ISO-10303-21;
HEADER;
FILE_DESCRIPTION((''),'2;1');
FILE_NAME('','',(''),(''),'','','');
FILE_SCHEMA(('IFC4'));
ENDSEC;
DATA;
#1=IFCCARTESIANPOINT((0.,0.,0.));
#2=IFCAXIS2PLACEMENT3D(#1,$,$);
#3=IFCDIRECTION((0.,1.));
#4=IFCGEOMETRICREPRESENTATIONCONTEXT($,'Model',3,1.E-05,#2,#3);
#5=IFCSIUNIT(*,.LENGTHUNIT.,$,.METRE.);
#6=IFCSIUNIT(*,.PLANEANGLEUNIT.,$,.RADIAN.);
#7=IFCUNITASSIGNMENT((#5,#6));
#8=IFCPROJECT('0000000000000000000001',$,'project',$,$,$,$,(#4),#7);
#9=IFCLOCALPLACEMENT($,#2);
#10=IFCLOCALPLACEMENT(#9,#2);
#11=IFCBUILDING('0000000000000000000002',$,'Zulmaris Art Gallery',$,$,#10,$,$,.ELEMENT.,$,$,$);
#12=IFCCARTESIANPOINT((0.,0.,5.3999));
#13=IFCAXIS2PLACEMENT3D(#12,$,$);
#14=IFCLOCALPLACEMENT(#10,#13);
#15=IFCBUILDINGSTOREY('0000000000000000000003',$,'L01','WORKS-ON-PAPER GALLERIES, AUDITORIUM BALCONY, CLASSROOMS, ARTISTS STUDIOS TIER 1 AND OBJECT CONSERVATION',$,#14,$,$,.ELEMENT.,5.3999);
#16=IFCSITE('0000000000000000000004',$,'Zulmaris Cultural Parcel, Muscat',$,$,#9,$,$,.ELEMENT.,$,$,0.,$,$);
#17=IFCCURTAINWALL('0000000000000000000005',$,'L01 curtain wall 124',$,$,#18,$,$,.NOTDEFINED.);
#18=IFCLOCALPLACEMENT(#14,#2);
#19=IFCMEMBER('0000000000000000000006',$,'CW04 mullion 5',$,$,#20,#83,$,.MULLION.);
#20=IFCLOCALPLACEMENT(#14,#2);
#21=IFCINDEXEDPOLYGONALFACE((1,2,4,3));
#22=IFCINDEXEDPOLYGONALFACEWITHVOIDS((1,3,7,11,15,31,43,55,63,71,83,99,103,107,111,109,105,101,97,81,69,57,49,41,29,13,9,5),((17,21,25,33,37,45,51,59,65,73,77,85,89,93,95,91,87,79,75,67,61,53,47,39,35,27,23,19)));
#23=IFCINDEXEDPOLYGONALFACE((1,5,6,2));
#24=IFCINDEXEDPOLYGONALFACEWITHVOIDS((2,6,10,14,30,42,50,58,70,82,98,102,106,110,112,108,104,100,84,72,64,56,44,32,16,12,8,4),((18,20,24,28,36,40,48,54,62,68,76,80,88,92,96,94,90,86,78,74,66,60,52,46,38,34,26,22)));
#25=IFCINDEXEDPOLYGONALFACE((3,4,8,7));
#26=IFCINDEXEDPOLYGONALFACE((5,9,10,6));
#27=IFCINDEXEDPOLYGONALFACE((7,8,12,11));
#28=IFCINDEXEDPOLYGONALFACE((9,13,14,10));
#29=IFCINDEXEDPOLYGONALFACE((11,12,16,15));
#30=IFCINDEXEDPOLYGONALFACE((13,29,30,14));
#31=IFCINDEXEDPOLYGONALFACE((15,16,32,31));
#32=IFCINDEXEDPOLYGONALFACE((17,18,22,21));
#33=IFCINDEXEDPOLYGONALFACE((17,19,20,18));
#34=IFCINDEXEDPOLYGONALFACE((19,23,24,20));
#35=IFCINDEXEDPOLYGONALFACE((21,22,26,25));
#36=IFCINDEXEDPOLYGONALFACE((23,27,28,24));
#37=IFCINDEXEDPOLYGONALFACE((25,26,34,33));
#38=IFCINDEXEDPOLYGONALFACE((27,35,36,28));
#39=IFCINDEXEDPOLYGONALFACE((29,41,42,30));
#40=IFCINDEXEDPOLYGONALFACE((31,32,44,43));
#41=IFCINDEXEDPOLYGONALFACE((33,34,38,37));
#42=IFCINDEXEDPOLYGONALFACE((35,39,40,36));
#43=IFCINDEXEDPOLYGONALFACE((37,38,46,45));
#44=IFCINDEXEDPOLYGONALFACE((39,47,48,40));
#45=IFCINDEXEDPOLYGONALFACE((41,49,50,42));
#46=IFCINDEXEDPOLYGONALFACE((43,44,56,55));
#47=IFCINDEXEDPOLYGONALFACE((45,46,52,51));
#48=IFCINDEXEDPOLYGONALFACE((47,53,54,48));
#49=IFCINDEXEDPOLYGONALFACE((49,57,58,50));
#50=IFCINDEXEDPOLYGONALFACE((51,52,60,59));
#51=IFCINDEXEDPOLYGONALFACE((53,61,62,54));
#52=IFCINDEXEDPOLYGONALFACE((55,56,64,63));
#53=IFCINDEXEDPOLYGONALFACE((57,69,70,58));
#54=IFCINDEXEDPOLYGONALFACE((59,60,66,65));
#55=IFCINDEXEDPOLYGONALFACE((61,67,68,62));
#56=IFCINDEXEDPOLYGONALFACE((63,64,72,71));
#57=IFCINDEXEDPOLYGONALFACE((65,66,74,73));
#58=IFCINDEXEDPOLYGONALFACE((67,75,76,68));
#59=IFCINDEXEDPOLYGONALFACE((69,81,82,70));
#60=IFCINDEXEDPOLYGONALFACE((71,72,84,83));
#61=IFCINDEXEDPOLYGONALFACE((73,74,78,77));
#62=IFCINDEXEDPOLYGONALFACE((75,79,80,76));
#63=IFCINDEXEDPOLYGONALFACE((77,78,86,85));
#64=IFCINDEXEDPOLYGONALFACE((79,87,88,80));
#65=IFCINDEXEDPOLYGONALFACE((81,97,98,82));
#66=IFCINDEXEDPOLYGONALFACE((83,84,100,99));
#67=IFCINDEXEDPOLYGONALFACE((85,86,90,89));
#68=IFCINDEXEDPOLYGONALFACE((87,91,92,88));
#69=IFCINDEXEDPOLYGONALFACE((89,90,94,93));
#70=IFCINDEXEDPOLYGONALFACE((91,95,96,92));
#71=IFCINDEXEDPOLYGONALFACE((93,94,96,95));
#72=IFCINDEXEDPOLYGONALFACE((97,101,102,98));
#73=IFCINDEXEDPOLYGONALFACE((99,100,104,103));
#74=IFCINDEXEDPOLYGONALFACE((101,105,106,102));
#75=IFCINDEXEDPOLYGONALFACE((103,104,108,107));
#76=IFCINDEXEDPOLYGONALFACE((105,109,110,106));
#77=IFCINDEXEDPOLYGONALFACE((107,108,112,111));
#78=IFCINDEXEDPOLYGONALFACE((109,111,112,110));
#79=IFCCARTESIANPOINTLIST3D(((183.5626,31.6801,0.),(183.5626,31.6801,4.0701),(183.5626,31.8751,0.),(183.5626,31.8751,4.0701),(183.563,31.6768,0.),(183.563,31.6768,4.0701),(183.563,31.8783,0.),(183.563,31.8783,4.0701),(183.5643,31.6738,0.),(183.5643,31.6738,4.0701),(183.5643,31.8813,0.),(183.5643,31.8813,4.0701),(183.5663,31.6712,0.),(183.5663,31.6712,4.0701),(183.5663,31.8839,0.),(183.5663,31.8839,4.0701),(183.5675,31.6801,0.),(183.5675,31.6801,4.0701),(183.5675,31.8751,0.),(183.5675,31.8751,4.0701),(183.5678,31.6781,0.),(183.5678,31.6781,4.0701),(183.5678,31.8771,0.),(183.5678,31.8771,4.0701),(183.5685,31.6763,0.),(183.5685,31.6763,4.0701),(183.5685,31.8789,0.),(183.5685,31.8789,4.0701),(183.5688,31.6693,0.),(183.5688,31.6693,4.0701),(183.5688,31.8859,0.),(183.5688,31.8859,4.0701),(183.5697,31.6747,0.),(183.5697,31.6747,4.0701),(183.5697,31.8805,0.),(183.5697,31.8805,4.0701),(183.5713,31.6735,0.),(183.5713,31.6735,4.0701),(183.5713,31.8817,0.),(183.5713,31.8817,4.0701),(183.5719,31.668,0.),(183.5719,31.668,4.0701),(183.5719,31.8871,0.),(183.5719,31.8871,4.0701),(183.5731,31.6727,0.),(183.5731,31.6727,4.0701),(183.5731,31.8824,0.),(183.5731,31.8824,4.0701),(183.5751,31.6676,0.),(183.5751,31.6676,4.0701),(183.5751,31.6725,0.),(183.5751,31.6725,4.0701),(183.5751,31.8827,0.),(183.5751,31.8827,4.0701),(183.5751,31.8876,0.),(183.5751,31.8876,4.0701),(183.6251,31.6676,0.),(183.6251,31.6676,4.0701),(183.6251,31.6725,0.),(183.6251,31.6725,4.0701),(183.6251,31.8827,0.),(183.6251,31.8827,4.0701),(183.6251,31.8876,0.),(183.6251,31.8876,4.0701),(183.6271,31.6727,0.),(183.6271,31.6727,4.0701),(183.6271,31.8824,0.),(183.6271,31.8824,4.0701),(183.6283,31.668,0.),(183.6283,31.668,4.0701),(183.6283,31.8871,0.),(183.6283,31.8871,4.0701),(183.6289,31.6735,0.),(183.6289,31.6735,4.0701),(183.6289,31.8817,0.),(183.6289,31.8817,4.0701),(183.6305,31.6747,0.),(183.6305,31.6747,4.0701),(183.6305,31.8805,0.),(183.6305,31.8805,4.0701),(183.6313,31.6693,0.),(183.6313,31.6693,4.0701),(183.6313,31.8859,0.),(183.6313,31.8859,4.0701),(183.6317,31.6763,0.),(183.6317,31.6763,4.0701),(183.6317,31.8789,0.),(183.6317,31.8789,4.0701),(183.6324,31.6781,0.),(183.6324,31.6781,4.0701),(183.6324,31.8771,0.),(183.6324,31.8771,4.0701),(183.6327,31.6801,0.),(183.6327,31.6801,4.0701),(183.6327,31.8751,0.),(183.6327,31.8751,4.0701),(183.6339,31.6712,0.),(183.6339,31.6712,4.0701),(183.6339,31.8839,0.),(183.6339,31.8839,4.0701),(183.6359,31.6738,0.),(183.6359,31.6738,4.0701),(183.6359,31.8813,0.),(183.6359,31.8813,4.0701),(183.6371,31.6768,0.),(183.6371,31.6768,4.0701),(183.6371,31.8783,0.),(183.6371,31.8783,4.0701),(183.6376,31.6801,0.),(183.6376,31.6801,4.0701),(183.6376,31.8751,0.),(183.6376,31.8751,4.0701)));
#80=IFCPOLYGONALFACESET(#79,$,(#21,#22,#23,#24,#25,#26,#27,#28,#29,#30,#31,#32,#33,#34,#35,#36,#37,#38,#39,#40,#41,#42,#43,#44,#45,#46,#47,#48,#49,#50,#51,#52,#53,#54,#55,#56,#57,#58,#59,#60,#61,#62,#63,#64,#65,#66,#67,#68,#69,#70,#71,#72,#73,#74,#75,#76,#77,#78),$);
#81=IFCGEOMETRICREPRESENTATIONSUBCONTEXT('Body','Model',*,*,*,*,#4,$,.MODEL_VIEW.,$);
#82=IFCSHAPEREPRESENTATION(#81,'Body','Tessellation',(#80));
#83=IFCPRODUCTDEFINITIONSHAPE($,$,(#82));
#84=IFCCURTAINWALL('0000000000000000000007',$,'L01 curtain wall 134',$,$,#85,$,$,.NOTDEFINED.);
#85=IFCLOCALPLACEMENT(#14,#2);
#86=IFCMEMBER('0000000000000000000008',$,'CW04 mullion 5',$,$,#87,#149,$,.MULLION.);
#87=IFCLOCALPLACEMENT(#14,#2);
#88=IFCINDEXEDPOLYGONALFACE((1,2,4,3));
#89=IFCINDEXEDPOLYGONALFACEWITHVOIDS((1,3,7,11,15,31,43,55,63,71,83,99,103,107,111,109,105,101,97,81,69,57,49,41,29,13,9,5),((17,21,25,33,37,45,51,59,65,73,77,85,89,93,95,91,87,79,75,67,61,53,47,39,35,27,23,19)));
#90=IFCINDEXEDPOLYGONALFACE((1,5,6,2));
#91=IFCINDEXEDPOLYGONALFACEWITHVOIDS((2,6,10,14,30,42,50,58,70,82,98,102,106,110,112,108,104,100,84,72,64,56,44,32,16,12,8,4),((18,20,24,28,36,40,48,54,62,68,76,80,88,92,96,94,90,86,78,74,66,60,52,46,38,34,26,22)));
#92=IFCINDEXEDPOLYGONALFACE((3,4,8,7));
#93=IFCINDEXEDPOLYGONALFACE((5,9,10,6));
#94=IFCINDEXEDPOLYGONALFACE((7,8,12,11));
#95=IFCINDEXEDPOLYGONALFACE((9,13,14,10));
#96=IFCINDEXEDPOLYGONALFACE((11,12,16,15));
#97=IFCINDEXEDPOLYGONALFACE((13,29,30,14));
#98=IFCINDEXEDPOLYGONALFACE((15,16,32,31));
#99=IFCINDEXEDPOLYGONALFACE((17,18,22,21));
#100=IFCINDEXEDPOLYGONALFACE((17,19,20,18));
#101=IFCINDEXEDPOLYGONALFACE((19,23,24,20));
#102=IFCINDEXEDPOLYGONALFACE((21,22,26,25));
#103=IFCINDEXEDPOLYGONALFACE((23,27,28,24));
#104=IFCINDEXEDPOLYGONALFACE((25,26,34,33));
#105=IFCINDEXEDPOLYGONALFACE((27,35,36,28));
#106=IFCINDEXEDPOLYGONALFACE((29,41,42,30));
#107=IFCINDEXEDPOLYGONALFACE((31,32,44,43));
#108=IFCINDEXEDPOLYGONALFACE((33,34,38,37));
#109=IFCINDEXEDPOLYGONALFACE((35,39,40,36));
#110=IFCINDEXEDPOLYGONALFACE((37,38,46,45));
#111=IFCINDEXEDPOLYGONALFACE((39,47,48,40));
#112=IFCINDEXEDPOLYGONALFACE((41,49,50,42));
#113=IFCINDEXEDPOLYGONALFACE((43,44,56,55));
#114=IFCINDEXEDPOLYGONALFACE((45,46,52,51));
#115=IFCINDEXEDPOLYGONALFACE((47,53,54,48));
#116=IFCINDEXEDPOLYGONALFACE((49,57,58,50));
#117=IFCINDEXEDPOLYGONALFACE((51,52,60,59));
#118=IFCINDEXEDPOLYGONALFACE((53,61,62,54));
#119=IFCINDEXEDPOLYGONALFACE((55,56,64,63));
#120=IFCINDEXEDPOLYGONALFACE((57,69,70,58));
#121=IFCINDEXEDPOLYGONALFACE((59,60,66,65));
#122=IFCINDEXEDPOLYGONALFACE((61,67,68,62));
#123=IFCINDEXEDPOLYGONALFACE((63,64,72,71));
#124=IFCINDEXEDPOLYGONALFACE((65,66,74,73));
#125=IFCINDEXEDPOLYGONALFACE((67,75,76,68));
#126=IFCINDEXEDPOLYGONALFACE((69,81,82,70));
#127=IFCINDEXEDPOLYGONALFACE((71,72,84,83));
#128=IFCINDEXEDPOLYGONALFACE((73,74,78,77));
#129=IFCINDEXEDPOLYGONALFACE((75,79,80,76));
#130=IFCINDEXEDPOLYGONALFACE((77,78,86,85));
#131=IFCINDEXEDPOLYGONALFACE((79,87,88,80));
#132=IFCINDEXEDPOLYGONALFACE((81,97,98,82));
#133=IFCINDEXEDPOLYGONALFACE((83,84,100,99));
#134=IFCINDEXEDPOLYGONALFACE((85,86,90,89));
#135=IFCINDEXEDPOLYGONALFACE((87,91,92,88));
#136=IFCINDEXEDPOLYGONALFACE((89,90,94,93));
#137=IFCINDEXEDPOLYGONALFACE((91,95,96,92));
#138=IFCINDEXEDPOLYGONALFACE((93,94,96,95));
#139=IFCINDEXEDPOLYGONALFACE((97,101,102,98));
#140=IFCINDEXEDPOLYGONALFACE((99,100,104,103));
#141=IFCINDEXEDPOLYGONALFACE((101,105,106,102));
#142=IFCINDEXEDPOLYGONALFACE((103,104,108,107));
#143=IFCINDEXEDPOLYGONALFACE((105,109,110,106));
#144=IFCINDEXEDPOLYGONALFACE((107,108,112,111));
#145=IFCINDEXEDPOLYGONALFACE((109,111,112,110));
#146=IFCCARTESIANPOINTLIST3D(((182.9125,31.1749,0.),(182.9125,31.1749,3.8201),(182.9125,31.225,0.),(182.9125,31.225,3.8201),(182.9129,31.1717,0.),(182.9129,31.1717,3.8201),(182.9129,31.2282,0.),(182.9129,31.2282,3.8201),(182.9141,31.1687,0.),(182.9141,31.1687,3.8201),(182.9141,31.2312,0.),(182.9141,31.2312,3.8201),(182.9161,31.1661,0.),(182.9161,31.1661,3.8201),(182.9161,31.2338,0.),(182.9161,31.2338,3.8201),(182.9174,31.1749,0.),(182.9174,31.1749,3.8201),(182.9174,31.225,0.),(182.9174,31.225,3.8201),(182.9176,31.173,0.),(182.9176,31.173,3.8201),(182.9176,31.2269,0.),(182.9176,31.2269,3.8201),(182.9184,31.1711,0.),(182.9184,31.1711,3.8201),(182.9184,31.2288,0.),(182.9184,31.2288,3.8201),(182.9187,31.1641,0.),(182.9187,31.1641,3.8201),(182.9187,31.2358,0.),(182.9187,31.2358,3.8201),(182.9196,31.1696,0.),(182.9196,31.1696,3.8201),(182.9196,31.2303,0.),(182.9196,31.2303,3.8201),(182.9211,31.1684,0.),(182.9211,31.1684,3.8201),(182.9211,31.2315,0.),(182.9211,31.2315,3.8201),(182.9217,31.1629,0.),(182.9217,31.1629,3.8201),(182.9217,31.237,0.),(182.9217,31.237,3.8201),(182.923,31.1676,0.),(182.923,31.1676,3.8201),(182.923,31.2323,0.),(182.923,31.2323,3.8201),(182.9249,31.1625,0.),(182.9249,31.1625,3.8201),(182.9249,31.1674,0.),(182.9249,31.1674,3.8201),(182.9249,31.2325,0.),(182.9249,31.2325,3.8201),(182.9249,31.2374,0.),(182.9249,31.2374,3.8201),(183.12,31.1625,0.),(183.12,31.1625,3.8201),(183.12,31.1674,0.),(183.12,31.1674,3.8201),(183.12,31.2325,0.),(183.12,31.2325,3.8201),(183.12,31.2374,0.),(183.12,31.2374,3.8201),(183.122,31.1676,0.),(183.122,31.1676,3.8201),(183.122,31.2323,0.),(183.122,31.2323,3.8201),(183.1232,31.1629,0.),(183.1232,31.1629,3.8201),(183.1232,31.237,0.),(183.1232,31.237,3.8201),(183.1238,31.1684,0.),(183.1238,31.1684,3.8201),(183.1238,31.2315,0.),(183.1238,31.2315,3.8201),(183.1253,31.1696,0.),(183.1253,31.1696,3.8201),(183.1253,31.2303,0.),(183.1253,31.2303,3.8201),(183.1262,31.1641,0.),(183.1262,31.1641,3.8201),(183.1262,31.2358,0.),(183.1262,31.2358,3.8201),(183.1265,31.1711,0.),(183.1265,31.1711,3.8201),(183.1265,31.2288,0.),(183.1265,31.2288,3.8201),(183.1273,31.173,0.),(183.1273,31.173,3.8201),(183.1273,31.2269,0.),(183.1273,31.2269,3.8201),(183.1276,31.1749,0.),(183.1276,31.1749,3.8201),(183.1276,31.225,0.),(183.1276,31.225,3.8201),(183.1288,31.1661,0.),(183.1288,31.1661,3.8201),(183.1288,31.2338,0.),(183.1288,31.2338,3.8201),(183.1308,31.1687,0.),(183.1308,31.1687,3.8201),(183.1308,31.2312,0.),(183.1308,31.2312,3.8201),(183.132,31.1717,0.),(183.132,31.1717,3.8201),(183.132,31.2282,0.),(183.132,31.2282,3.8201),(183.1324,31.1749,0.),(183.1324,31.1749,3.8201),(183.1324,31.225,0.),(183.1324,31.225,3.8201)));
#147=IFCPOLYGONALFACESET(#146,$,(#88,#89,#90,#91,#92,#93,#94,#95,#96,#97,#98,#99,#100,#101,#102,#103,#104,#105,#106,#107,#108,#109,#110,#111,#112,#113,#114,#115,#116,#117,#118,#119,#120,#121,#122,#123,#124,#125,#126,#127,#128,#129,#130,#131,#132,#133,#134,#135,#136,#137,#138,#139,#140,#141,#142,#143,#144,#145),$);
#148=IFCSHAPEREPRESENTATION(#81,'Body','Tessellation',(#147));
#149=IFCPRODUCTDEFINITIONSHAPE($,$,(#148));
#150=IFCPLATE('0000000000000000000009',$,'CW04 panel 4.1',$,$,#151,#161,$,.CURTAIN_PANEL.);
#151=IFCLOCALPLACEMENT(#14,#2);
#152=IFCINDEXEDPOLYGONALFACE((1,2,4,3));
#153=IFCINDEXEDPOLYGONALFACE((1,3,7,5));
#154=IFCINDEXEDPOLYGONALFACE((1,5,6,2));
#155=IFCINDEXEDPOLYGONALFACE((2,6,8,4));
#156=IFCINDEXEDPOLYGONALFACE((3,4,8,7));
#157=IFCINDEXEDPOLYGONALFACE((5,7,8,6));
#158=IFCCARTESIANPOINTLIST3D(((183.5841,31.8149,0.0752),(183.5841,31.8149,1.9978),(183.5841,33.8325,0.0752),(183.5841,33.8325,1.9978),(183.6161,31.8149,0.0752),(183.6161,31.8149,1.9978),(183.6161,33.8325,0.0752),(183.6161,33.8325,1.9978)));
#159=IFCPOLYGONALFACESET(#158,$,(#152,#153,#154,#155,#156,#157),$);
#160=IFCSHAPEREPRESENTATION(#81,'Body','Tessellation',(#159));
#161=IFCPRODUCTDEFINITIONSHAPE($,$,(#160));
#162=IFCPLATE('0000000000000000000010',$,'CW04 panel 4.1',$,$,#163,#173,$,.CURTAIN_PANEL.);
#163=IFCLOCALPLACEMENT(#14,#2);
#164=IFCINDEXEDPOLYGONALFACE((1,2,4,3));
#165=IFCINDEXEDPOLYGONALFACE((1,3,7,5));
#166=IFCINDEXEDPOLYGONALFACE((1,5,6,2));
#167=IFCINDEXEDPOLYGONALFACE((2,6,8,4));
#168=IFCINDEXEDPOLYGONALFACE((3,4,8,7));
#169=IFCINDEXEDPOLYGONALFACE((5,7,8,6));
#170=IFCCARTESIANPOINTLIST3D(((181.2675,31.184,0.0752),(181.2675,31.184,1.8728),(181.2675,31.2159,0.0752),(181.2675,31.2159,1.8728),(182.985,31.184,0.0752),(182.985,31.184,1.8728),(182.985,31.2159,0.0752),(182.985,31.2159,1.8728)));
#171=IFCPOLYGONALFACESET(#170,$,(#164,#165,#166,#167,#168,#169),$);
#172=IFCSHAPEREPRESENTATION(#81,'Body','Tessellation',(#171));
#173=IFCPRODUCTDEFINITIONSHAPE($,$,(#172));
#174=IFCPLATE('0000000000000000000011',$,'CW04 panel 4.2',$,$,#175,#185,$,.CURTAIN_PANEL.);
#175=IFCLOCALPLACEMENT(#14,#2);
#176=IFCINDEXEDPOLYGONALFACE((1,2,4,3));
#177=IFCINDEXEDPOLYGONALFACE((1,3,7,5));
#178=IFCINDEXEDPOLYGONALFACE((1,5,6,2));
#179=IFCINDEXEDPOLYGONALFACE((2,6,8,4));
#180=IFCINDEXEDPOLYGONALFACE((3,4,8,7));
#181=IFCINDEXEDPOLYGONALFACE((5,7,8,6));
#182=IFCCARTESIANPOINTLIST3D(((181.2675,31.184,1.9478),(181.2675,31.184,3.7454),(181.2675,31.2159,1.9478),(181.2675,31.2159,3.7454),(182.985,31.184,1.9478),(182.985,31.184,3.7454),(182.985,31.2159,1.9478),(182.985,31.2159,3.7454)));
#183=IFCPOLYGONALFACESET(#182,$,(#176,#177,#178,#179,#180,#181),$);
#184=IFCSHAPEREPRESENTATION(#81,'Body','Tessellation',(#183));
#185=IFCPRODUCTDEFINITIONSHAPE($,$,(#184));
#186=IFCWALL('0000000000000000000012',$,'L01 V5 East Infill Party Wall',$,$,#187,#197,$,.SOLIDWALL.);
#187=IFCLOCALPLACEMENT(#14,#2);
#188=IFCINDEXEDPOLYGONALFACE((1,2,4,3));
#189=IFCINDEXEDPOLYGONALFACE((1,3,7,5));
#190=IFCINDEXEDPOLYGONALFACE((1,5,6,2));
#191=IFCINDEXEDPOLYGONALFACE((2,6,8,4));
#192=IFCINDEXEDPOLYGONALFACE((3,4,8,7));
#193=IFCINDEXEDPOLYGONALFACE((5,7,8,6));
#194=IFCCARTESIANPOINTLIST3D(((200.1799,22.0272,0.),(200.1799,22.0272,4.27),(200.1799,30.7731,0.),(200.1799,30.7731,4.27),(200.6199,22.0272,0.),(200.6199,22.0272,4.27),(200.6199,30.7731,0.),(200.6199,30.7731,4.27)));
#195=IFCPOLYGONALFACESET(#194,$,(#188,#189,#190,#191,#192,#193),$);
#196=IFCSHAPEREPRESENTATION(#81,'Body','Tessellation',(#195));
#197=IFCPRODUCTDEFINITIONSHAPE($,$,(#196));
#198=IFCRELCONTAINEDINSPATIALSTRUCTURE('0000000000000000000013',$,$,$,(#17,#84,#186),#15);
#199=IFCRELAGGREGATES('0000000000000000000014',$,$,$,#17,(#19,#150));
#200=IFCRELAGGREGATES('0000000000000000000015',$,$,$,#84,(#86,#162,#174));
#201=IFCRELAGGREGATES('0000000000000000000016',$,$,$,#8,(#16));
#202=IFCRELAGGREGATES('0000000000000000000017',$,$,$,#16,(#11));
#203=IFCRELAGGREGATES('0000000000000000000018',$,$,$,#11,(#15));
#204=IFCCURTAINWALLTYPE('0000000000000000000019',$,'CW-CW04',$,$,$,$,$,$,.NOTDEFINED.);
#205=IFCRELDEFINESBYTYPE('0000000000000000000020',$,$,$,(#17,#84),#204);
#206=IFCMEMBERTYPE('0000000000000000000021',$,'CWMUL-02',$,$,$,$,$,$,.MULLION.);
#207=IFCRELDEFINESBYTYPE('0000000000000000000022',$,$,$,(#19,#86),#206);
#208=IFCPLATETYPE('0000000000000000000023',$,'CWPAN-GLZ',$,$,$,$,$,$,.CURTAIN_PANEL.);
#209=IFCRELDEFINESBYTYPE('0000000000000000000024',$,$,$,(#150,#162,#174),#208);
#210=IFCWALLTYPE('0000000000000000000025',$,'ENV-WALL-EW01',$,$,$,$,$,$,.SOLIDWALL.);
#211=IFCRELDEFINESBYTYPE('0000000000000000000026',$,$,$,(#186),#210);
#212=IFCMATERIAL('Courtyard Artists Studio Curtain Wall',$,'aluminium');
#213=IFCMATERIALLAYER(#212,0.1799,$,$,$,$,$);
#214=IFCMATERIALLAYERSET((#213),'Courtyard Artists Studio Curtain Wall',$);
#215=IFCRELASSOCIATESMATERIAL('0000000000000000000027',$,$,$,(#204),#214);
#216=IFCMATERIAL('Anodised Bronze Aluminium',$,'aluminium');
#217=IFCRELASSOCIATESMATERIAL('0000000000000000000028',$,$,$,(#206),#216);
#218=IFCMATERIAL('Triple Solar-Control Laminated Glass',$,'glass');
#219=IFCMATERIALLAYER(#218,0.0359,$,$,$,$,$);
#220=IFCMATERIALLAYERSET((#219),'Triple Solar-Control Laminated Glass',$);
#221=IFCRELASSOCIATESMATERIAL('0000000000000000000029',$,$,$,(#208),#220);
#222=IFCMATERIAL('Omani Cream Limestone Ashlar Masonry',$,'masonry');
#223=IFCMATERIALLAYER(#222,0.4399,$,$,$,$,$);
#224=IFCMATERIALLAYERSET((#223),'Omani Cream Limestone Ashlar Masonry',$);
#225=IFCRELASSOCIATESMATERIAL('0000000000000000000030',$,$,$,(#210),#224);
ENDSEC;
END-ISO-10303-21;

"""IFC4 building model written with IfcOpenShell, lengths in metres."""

from ifc_helpers import new_model, si_unit, direction, frame, frame_2d, origin, origin_2d, place, context, subcontext, project, spatial, rectangle, hollow_rectangle, extrude, material, layer, layer_set, material_profile, profile_set, type_object, element, aggregate, save


model = new_model("IFC4")

# Units and contexts
model_context = context("Model", 3, precision=1e-05, world=origin(), true_north=direction((0.0, 1.0)))
body_context = subcontext(model_context, "Body", "Model", "MODEL_VIEW")
ifc_project = project(units=[si_unit("LENGTHUNIT", "METRE"), si_unit("PLANEANGLEUNIT", "RADIAN")], contexts=[model_context])

# Site, building, storey
site_placement = place(None, origin())
site = spatial("IfcSite", under=ifc_project, at=site_placement, Name="Zulmaris Cultural Parcel, Muscat", CompositionType="ELEMENT", RefElevation=0.0)
building_placement = place(site_placement, origin())
building = spatial("IfcBuilding", under=site, at=building_placement, Name="Zulmaris Art Gallery", CompositionType="ELEMENT")
storey_placement = place(building_placement, frame((0.0, 0.0, 5.3999)))
storey = spatial("IfcBuildingStorey", under=building, at=storey_placement, Name="L01", Description="WORKS-ON-PAPER GALLERIES, AUDITORIUM BALCONY, CLASSROOMS, ARTISTS STUDIOS TIER 1 AND OBJECT CONSERVATION", CompositionType="ELEMENT", Elevation=5.3999)

# Curtain walls, members
ifc_material_1 = material(Name="Courtyard Artists Studio Curtain Wall", Category="aluminium")
ifc_layer_1 = layer(ifc_material_1, 0.1799)
ifc_layer_set_1 = layer_set([ifc_layer_1], Name="Courtyard Artists Studio Curtain Wall")
curtain_wall_type = type_object("IfcCurtainWallType", Name="CW-CW04", PredefinedType="NOTDEFINED", material=ifc_layer_set_1)
curtain_wall_1_placement = place(storey_placement, origin())
curtain_wall_1 = element("IfcCurtainWall", 1, at=curtain_wall_1_placement, inside=storey, type_object=curtain_wall_type, Name="L01 curtain wall 124", PredefinedType="NOTDEFINED")
ifc_material_2 = material(Name="Anodised Bronze Aluminium", Category="aluminium")
ifc_material_profile_1 = material_profile(ifc_material_2, hollow_rectangle(XDim=0.075, YDim=0.22, WallThickness=0.0049, InnerFilletRadius=0.0076, OuterFilletRadius=0.0125, at=origin_2d()), Name="ALU 75x220x5")
ifc_profile_set_1 = profile_set([ifc_material_profile_1], Name="Anodised Bronze Aluminium")
member_type = type_object("IfcMemberType", Name="CWMUL-02", PredefinedType="MULLION", material=ifc_profile_set_1)
member_1_placement = place(storey_placement, frame((183.6001, 31.7776, 0.0), z_axis=(0.0, 0.0, 1.0), x_axis=(1.0, 0.0, 0.0)))
member_1 = element("IfcMember", 2, at=member_1_placement, type_object=member_type, Name="CW04 mullion 5", PredefinedType="MULLION", context=body_context, shape_type="SweptSolid", body=[
    extrude(hollow_rectangle(XDim=0.075, YDim=0.22, WallThickness=0.0049, InnerFilletRadius=0.0076, OuterFilletRadius=0.0125, at=origin_2d()), origin(), (0.0, 0.0, 1.0), 4.0701),
])
curtain_wall_2_placement = place(storey_placement, origin())
curtain_wall_2 = element("IfcCurtainWall", 3, at=curtain_wall_2_placement, inside=storey, type_object=curtain_wall_type, Name="L01 curtain wall 134", PredefinedType="NOTDEFINED")
member_2_placement = place(storey_placement, frame((183.0225, 31.2, 0.0), z_axis=(0.0, 0.0, 1.0), x_axis=(0.0, 1.0, 0.0)))
member_2 = element("IfcMember", 4, at=member_2_placement, type_object=member_type, Name="CW04 mullion 5", PredefinedType="MULLION", context=body_context, shape_type="SweptSolid", body=[
    extrude(hollow_rectangle(XDim=0.075, YDim=0.22, WallThickness=0.0049, InnerFilletRadius=0.0076, OuterFilletRadius=0.0125, at=origin_2d()), origin(), (0.0, 0.0, 1.0), 3.8201),
])

# Plates
ifc_material_3 = material(Name="Triple Solar-Control Laminated Glass", Category="glass")
ifc_layer_2 = layer(ifc_material_3, 0.0359)
ifc_layer_set_2 = layer_set([ifc_layer_2], Name="Triple Solar-Control Laminated Glass")
plate_type = type_object("IfcPlateType", Name="CWPAN-GLZ", PredefinedType="CURTAIN_PANEL", material=ifc_layer_set_2)
plate_1_placement = place(storey_placement, frame((183.6001, 32.8237, 0.0752), z_axis=(0.0, 0.0, 1.0), x_axis=(0.0, -1.0, 0.0)))
plate_1 = element("IfcPlate", 5, at=plate_1_placement, type_object=plate_type, Name="CW04 panel 4.1", PredefinedType="CURTAIN_PANEL", context=body_context, shape_type="SweptSolid", body=[
    extrude(rectangle(XDim=2.0176, YDim=0.032, at=origin_2d()), origin(), (0.0, 0.0, 1.0), 1.9226),
])
aggregate(curtain_wall_1, [member_1, plate_1])
plate_2_placement = place(storey_placement, frame((182.1262, 31.2, 0.0752), z_axis=(0.0, 0.0, 1.0), x_axis=(1.0, 0.0, 0.0)))
plate_2 = element("IfcPlate", 6, at=plate_2_placement, type_object=plate_type, Name="CW04 panel 4.1", PredefinedType="CURTAIN_PANEL", context=body_context, shape_type="SweptSolid", body=[
    extrude(rectangle(XDim=1.7175, YDim=0.032, at=origin_2d()), origin(), (0.0, 0.0, 1.0), 1.7976),
])
plate_3_placement = place(storey_placement, frame((182.1262, 31.2, 1.9478), z_axis=(0.0, 0.0, 1.0), x_axis=(1.0, 0.0, 0.0)))
plate_3 = element("IfcPlate", 7, at=plate_3_placement, type_object=plate_type, Name="CW04 panel 4.2", PredefinedType="CURTAIN_PANEL", context=body_context, shape_type="SweptSolid", body=[
    extrude(rectangle(XDim=1.7175, YDim=0.032, at=origin_2d()), origin(), (0.0, 0.0, 1.0), 1.7976),
])
aggregate(curtain_wall_2, [member_2, plate_2, plate_3])

# Wall
ifc_material_4 = material(Name="Omani Cream Limestone Ashlar Masonry", Category="masonry")
ifc_layer_3 = layer(ifc_material_4, 0.4399)
ifc_layer_set_3 = layer_set([ifc_layer_3], Name="Omani Cream Limestone Ashlar Masonry")
wall_type_1 = type_object("IfcWallType", Name="ENV-WALL-EW01", PredefinedType="SOLIDWALL", material=ifc_layer_set_3)
wall_1_placement = place(storey_placement, frame((200.3999, 22.0271, 0.0), z_axis=(0.0, 0.0, 1.0), x_axis=(0.0, 1.0, 0.0)))
element("IfcWall", 8, at=wall_1_placement, inside=storey, type_object=wall_type_1, Name="L01 V5 East Infill Party Wall", PredefinedType="SOLIDWALL", context=body_context, shape_type="SweptSolid", body=[
    extrude(rectangle(XDim=8.7458, YDim=0.4399, at=frame_2d((4.373, 0.0))), origin(), (0.0, 0.0, 1.0), 4.27),
])

save(model, "model.ifc")
